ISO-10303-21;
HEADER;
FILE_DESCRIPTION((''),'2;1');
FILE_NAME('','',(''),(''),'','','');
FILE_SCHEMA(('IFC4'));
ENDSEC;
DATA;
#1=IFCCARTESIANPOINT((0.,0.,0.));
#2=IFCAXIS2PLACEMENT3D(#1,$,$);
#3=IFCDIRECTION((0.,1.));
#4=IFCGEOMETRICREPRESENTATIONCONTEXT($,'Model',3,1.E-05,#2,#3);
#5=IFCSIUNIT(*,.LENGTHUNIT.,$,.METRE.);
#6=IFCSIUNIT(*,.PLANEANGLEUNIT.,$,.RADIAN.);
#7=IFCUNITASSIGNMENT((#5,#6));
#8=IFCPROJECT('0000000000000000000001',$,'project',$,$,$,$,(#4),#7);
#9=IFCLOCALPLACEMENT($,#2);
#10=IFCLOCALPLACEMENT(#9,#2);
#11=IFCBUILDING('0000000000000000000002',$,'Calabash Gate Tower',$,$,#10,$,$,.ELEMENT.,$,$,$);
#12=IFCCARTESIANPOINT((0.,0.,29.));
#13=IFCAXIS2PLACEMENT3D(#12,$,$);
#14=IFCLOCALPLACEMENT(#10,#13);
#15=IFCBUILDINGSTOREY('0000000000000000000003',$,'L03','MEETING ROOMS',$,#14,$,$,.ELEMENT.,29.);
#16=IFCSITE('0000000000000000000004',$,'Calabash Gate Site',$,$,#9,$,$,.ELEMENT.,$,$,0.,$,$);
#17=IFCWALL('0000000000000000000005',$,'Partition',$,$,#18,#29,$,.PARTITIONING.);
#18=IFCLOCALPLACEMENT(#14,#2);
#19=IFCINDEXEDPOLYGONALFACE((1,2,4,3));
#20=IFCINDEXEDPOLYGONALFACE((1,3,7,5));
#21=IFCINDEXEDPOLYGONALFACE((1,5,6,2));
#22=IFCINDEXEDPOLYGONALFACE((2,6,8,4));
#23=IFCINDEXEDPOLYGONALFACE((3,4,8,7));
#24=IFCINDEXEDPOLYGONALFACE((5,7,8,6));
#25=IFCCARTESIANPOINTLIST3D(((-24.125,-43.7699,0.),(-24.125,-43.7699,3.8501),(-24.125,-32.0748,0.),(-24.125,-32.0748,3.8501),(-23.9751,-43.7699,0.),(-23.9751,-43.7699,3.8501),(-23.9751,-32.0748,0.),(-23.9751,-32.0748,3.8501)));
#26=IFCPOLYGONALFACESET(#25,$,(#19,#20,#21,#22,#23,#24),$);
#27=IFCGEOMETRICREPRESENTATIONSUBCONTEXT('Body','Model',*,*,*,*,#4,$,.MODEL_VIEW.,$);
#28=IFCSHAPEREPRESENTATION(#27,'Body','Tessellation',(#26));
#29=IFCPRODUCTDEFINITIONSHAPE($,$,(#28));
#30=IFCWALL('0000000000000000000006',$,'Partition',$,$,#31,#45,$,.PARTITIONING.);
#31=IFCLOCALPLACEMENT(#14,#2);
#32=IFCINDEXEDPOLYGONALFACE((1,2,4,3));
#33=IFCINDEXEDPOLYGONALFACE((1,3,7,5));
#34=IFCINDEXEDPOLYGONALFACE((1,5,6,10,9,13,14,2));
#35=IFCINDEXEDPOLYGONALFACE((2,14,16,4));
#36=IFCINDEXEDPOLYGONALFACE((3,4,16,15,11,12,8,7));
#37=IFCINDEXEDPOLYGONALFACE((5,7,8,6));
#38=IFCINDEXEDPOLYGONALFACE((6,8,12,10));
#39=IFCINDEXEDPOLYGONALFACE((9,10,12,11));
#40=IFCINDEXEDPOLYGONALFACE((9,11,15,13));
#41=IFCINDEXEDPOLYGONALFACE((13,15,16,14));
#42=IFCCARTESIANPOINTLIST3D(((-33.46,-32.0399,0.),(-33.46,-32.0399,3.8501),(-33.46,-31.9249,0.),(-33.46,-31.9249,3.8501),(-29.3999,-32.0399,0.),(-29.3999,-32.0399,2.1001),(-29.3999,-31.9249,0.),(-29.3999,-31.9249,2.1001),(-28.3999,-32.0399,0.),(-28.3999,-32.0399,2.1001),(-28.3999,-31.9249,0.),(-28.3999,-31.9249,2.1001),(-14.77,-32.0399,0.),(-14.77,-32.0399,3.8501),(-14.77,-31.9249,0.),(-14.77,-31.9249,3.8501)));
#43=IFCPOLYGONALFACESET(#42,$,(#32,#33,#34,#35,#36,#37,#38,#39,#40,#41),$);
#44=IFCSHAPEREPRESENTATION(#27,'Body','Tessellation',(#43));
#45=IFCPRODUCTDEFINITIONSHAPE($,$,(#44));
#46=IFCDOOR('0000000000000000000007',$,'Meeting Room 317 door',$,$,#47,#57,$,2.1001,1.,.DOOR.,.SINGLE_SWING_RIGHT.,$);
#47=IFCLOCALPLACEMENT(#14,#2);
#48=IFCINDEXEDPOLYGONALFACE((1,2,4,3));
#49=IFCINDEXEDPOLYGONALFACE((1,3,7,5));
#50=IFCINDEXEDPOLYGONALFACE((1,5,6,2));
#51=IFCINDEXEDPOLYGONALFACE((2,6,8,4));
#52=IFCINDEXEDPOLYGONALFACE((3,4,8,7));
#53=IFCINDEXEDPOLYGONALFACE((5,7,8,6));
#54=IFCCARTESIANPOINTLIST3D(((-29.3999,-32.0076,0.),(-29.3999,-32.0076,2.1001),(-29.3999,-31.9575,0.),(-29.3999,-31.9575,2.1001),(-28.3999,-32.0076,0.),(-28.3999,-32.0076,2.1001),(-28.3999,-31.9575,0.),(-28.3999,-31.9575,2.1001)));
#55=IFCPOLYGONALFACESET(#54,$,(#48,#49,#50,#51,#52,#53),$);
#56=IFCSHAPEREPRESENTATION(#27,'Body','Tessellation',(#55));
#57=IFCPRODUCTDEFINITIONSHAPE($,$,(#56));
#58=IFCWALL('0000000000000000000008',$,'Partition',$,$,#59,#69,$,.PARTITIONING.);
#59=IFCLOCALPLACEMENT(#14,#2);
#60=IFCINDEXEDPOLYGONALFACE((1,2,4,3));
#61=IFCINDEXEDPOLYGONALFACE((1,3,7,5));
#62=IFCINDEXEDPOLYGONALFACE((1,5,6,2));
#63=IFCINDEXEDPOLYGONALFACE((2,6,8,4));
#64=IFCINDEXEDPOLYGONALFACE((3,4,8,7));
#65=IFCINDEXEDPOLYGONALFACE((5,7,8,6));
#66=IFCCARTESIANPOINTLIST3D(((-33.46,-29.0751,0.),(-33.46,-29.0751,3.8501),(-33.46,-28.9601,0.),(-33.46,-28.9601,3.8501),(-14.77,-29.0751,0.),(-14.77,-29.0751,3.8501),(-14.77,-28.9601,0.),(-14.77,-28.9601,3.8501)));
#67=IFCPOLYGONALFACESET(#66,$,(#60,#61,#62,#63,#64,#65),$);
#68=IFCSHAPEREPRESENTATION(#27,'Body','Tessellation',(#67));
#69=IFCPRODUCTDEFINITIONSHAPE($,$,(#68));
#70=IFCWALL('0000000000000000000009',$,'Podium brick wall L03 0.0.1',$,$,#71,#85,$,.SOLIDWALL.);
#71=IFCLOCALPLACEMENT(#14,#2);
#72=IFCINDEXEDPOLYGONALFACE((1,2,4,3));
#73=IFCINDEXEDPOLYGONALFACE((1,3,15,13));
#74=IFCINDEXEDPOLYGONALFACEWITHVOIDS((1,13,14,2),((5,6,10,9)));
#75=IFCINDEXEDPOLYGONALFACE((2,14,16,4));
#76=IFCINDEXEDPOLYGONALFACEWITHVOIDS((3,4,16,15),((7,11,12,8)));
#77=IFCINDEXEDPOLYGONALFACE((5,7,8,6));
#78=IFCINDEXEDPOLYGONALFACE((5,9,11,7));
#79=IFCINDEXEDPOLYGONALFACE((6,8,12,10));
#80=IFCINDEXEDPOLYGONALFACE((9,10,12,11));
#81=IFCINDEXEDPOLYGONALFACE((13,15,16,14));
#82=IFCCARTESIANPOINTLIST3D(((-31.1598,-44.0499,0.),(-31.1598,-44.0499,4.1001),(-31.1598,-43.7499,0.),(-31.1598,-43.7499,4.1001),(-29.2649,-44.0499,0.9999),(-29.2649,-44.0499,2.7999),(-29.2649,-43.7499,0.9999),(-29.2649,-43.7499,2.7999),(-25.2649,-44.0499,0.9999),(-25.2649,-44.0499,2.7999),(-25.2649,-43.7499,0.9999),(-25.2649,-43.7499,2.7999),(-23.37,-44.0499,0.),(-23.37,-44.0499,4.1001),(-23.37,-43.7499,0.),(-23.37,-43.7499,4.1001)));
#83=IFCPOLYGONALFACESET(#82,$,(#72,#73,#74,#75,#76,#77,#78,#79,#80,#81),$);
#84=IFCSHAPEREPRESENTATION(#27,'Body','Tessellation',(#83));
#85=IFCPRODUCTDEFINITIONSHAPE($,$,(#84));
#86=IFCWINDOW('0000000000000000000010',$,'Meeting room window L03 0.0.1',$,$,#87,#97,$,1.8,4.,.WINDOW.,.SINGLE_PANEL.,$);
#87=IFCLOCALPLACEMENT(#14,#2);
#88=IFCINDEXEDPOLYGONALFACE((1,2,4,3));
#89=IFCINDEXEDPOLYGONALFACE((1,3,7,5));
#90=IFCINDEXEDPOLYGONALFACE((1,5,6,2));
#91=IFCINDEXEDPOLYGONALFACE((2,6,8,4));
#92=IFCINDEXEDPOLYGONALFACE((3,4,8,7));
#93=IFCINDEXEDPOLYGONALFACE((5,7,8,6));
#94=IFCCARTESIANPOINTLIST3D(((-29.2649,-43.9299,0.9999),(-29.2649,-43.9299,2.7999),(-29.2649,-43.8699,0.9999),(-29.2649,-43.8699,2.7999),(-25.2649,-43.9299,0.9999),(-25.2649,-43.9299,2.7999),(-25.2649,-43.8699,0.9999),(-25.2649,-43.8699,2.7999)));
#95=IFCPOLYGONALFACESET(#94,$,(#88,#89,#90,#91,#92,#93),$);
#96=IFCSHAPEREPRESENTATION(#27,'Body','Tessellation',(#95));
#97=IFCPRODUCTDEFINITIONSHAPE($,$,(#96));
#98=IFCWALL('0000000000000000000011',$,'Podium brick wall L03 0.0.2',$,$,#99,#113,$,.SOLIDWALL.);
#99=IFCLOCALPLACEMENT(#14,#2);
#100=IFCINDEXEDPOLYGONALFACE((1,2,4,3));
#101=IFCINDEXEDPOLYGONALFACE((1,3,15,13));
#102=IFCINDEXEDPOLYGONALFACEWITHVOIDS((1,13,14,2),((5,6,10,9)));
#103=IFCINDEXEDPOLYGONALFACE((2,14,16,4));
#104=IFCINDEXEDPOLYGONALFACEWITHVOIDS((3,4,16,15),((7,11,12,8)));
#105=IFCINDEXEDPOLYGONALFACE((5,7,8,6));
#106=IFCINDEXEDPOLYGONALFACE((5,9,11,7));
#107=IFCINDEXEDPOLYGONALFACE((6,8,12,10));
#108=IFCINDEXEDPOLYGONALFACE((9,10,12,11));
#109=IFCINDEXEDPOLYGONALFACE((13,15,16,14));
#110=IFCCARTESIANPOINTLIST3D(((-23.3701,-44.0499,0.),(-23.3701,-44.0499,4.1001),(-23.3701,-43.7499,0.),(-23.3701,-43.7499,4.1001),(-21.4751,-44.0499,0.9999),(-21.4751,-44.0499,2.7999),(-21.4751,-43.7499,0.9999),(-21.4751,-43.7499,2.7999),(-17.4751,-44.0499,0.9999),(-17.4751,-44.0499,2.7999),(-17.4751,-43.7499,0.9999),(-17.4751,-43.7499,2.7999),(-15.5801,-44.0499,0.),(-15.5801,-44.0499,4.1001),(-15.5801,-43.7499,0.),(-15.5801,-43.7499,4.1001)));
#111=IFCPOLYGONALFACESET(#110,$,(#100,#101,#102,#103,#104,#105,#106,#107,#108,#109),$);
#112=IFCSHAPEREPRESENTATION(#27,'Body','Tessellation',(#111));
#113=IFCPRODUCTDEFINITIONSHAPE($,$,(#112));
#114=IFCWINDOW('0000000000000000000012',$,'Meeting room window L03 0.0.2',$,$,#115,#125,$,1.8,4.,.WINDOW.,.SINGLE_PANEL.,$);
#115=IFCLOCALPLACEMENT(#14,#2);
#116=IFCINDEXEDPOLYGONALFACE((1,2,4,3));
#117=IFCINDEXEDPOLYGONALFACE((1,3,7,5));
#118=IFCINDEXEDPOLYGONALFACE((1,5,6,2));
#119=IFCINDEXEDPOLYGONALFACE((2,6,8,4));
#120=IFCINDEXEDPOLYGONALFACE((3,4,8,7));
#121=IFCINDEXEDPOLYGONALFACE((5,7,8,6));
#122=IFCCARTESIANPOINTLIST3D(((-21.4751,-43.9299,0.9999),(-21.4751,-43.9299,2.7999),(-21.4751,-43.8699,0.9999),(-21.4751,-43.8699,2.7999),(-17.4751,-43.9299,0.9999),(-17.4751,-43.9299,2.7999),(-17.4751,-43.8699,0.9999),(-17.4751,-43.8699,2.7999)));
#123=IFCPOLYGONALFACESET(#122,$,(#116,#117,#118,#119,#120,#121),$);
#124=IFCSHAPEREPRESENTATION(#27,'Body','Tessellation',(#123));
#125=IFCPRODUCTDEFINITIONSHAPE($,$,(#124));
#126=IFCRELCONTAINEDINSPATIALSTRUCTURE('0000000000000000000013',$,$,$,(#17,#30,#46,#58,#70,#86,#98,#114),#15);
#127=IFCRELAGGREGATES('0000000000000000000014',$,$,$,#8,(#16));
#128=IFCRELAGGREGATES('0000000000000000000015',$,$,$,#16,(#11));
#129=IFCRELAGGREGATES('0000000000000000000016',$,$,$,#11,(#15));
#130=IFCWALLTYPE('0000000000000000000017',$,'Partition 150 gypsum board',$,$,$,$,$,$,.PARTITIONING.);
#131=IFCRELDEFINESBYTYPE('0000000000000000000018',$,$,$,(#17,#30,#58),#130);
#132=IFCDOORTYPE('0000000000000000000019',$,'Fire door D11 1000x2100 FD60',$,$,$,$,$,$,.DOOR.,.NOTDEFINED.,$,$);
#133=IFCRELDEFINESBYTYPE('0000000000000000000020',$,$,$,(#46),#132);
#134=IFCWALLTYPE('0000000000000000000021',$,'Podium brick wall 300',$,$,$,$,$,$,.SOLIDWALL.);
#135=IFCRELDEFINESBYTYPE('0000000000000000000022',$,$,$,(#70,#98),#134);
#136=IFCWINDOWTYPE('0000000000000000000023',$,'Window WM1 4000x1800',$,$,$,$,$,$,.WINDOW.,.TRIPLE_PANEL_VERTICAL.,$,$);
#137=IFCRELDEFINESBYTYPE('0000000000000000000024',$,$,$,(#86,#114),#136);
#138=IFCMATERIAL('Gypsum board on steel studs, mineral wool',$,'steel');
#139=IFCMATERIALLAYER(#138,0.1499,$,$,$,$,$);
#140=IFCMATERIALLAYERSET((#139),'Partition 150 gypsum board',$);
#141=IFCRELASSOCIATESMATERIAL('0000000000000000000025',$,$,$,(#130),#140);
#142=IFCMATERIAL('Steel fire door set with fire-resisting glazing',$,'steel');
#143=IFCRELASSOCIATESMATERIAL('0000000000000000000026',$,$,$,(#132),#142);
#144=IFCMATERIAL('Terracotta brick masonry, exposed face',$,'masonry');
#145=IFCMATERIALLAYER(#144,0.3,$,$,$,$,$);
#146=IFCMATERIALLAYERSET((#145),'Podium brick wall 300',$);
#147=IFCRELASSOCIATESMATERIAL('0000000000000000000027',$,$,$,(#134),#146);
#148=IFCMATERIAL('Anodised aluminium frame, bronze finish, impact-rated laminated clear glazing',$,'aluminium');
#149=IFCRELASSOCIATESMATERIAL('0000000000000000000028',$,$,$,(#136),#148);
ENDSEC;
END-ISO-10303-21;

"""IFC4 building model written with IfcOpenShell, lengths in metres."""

from ifc_helpers import new_model, si_unit, direction, frame, frame_2d, origin, place, context, subcontext, project, spatial, rectangle, extrude, material, layer, layer_set, type_object, element, fill, save


model = new_model("IFC4")

# Units and contexts
model_context = context("Model", 3, precision=1e-05, world=origin(), true_north=direction((0.0, 1.0)))
body_context = subcontext(model_context, "Body", "Model", "MODEL_VIEW")
ifc_project = project(units=[si_unit("LENGTHUNIT", "METRE"), si_unit("PLANEANGLEUNIT", "RADIAN")], contexts=[model_context])

# Site, building, storey
site_placement = place(None, origin())
site = spatial("IfcSite", under=ifc_project, at=site_placement, Name="Calabash Gate Site", CompositionType="ELEMENT", RefElevation=0.0)
building_placement = place(site_placement, origin())
building = spatial("IfcBuilding", under=site, at=building_placement, Name="Calabash Gate Tower", CompositionType="ELEMENT")
storey_placement = place(building_placement, frame((0.0, 0.0, 29.0)))
storey = spatial("IfcBuildingStorey", under=building, at=storey_placement, Name="L03", Description="MEETING ROOMS", CompositionType="ELEMENT", Elevation=29.0)

# Wall
ifc_material_1 = material(Name="Gypsum board on steel studs, mineral wool", Category="steel")
ifc_layer_1 = layer(ifc_material_1, 0.1499)
ifc_layer_set_1 = layer_set([ifc_layer_1], Name="Partition 150 gypsum board")
wall_type_1 = type_object("IfcWallType", Name="Partition 150 gypsum board", PredefinedType="PARTITIONING", material=ifc_layer_set_1)
wall_1_placement = place(storey_placement, frame((-24.05, -43.77, 0.0), z_axis=(0.0, 0.0, 1.0), x_axis=(0.0, 1.0, 0.0)))
element("IfcWall", 1, at=wall_1_placement, inside=storey, type_object=wall_type_1, Name="Partition", PredefinedType="PARTITIONING", context=body_context, shape_type="SweptSolid", body=[
    extrude(rectangle(XDim=11.6951, YDim=0.1499, at=frame_2d((5.8477, 0.0))), origin(), (0.0, 0.0, 1.0), 3.8501),
])

# Wall, opening, door
wall_2_placement = place(storey_placement, frame((-33.46, -31.9824, 0.0), z_axis=(0.0, 0.0, 1.0), x_axis=(1.0, 0.0, 0.0)))
wall_2 = element("IfcWall", 2, at=wall_2_placement, inside=storey, type_object=wall_type_1, Name="Partition", PredefinedType="PARTITIONING", context=body_context, shape_type="SweptSolid", body=[
    extrude(rectangle(XDim=18.6899, YDim=0.115, at=frame_2d((9.345, 0.0))), origin(), (0.0, 0.0, 1.0), 3.8501),
])
opening_1_placement = place(wall_2_placement, frame((4.0601, 0.0, 0.0)))
opening_1 = element("IfcOpeningElement", 3, at=opening_1_placement, cuts=wall_2, PredefinedType="OPENING", context=body_context, shape_type="SweptSolid", body=[
    extrude(rectangle(XDim=1.0, YDim=2.1001, at=frame_2d((0.5, 1.05))), frame((0.0, 0.0674, 0.0), z_axis=(0.0, -1.0, 0.0), x_axis=(1.0, 0.0, 0.0)), (0.0, 0.0, 1.0), 0.135),
])
ifc_material_2 = material(Name="Steel fire door set with fire-resisting glazing", Category="steel")
door_type_1 = type_object("IfcDoorType", Name="Fire door D11 1000x2100 FD60", OperationType="NOTDEFINED", PredefinedType="DOOR", material=ifc_material_2)
door_1_placement = place(opening_1_placement, origin())
door_1 = element("IfcDoor", 4, at=door_1_placement, inside=storey, type_object=door_type_1, Name="Meeting Room 317 door", OperationType="SINGLE_SWING_RIGHT", OverallHeight=2.1001, OverallWidth=1.0, PredefinedType="DOOR", context=body_context, shape_type="SweptSolid", body=[
    extrude(rectangle(XDim=1.0, YDim=2.1001, at=frame_2d((0.5, 1.05))), frame((0.0, 0.0249, 0.0), z_axis=(0.0, -1.0, 0.0), x_axis=(1.0, 0.0, 0.0)), (0.0, 0.0, 1.0), 0.05),
])
fill(opening_1, door_1)

# Wall
wall_3_placement = place(storey_placement, frame((-33.46, -29.0176, 0.0), z_axis=(0.0, 0.0, 1.0), x_axis=(1.0, 0.0, 0.0)))
element("IfcWall", 5, at=wall_3_placement, inside=storey, type_object=wall_type_1, Name="Partition", PredefinedType="PARTITIONING", context=body_context, shape_type="SweptSolid", body=[
    extrude(rectangle(XDim=18.6899, YDim=0.115, at=frame_2d((9.345, 0.0))), origin(), (0.0, 0.0, 1.0), 3.8501),
])

# Walls, openings, windows
ifc_material_3 = material(Name="Terracotta brick masonry, exposed face", Category="masonry")
ifc_layer_2 = layer(ifc_material_3, 0.3)
ifc_layer_set_2 = layer_set([ifc_layer_2], Name="Podium brick wall 300")
wall_type_2 = type_object("IfcWallType", Name="Podium brick wall 300", PredefinedType="SOLIDWALL", material=ifc_layer_set_2)
wall_4_placement = place(storey_placement, frame((-31.1599, -43.8999, 0.0), z_axis=(0.0, 0.0, 1.0), x_axis=(1.0, 0.0, 0.0)))
wall_4 = element("IfcWall", 6, at=wall_4_placement, inside=storey, type_object=wall_type_2, Name="Podium brick wall L03 0.0.1", PredefinedType="SOLIDWALL", context=body_context, shape_type="SweptSolid", body=[
    extrude(rectangle(XDim=7.7898, YDim=0.3, at=frame_2d((3.895, 0.0))), origin(), (0.0, 0.0, 1.0), 4.1001),
])
opening_2_placement = place(wall_4_placement, frame((1.895, 0.0, 1.0)))
opening_2 = element("IfcOpeningElement", 7, at=opening_2_placement, cuts=wall_4, PredefinedType="OPENING", context=body_context, shape_type="SweptSolid", body=[
    extrude(rectangle(XDim=4.0, YDim=1.8, at=frame_2d((2.0, 0.8999))), frame((0.0, 0.1599, 0.0), z_axis=(0.0, -1.0, 0.0), x_axis=(1.0, 0.0, 0.0)), (0.0, 0.0, 1.0), 0.3201),
])
ifc_material_4 = material(Name="Anodised aluminium frame, bronze finish, impact-rated laminated clear glazing", Category="aluminium")
window_type = type_object("IfcWindowType", Name="Window WM1 4000x1800", PartitioningType="TRIPLE_PANEL_VERTICAL", PredefinedType="WINDOW", material=ifc_material_4)
window_1_placement = place(opening_2_placement, origin())
window_1 = element("IfcWindow", 8, at=window_1_placement, inside=storey, type_object=window_type, Name="Meeting room window L03 0.0.1", OverallHeight=1.8, OverallWidth=4.0, PartitioningType="SINGLE_PANEL", PredefinedType="WINDOW", context=body_context, shape_type="SweptSolid", body=[
    extrude(rectangle(XDim=4.0, YDim=1.8, at=frame_2d((2.0, 0.8999))), frame((0.0, 0.03, 0.0), z_axis=(0.0, -1.0, 0.0), x_axis=(1.0, 0.0, 0.0)), (0.0, 0.0, 1.0), 0.0601),
])
fill(opening_2, window_1)
wall_5_placement = place(storey_placement, frame((-23.3701, -43.8999, 0.0), z_axis=(0.0, 0.0, 1.0), x_axis=(1.0, 0.0, 0.0)))
wall_5 = element("IfcWall", 9, at=wall_5_placement, inside=storey, type_object=wall_type_2, Name="Podium brick wall L03 0.0.2", PredefinedType="SOLIDWALL", context=body_context, shape_type="SweptSolid", body=[
    extrude(rectangle(XDim=7.79, YDim=0.3, at=frame_2d((3.895, 0.0))), origin(), (0.0, 0.0, 1.0), 4.1001),
])
opening_3_placement = place(wall_5_placement, frame((1.895, 0.0, 1.0)))
opening_3 = element("IfcOpeningElement", 10, at=opening_3_placement, cuts=wall_5, PredefinedType="OPENING", context=body_context, shape_type="SweptSolid", body=[
    extrude(rectangle(XDim=4.0, YDim=1.8, at=frame_2d((2.0, 0.8999))), frame((0.0, 0.1599, 0.0), z_axis=(0.0, -1.0, 0.0), x_axis=(1.0, 0.0, 0.0)), (0.0, 0.0, 1.0), 0.3201),
])
window_2_placement = place(opening_3_placement, origin())
window_2 = element("IfcWindow", 11, at=window_2_placement, inside=storey, type_object=window_type, Name="Meeting room window L03 0.0.2", OverallHeight=1.8, OverallWidth=4.0, PartitioningType="SINGLE_PANEL", PredefinedType="WINDOW", context=body_context, shape_type="SweptSolid", body=[
    extrude(rectangle(XDim=4.0, YDim=1.8, at=frame_2d((2.0, 0.8999))), frame((0.0, 0.03, 0.0), z_axis=(0.0, -1.0, 0.0), x_axis=(1.0, 0.0, 0.0)), (0.0, 0.0, 1.0), 0.0601),
])
fill(opening_3, window_2)

save(model, "model.ifc")
